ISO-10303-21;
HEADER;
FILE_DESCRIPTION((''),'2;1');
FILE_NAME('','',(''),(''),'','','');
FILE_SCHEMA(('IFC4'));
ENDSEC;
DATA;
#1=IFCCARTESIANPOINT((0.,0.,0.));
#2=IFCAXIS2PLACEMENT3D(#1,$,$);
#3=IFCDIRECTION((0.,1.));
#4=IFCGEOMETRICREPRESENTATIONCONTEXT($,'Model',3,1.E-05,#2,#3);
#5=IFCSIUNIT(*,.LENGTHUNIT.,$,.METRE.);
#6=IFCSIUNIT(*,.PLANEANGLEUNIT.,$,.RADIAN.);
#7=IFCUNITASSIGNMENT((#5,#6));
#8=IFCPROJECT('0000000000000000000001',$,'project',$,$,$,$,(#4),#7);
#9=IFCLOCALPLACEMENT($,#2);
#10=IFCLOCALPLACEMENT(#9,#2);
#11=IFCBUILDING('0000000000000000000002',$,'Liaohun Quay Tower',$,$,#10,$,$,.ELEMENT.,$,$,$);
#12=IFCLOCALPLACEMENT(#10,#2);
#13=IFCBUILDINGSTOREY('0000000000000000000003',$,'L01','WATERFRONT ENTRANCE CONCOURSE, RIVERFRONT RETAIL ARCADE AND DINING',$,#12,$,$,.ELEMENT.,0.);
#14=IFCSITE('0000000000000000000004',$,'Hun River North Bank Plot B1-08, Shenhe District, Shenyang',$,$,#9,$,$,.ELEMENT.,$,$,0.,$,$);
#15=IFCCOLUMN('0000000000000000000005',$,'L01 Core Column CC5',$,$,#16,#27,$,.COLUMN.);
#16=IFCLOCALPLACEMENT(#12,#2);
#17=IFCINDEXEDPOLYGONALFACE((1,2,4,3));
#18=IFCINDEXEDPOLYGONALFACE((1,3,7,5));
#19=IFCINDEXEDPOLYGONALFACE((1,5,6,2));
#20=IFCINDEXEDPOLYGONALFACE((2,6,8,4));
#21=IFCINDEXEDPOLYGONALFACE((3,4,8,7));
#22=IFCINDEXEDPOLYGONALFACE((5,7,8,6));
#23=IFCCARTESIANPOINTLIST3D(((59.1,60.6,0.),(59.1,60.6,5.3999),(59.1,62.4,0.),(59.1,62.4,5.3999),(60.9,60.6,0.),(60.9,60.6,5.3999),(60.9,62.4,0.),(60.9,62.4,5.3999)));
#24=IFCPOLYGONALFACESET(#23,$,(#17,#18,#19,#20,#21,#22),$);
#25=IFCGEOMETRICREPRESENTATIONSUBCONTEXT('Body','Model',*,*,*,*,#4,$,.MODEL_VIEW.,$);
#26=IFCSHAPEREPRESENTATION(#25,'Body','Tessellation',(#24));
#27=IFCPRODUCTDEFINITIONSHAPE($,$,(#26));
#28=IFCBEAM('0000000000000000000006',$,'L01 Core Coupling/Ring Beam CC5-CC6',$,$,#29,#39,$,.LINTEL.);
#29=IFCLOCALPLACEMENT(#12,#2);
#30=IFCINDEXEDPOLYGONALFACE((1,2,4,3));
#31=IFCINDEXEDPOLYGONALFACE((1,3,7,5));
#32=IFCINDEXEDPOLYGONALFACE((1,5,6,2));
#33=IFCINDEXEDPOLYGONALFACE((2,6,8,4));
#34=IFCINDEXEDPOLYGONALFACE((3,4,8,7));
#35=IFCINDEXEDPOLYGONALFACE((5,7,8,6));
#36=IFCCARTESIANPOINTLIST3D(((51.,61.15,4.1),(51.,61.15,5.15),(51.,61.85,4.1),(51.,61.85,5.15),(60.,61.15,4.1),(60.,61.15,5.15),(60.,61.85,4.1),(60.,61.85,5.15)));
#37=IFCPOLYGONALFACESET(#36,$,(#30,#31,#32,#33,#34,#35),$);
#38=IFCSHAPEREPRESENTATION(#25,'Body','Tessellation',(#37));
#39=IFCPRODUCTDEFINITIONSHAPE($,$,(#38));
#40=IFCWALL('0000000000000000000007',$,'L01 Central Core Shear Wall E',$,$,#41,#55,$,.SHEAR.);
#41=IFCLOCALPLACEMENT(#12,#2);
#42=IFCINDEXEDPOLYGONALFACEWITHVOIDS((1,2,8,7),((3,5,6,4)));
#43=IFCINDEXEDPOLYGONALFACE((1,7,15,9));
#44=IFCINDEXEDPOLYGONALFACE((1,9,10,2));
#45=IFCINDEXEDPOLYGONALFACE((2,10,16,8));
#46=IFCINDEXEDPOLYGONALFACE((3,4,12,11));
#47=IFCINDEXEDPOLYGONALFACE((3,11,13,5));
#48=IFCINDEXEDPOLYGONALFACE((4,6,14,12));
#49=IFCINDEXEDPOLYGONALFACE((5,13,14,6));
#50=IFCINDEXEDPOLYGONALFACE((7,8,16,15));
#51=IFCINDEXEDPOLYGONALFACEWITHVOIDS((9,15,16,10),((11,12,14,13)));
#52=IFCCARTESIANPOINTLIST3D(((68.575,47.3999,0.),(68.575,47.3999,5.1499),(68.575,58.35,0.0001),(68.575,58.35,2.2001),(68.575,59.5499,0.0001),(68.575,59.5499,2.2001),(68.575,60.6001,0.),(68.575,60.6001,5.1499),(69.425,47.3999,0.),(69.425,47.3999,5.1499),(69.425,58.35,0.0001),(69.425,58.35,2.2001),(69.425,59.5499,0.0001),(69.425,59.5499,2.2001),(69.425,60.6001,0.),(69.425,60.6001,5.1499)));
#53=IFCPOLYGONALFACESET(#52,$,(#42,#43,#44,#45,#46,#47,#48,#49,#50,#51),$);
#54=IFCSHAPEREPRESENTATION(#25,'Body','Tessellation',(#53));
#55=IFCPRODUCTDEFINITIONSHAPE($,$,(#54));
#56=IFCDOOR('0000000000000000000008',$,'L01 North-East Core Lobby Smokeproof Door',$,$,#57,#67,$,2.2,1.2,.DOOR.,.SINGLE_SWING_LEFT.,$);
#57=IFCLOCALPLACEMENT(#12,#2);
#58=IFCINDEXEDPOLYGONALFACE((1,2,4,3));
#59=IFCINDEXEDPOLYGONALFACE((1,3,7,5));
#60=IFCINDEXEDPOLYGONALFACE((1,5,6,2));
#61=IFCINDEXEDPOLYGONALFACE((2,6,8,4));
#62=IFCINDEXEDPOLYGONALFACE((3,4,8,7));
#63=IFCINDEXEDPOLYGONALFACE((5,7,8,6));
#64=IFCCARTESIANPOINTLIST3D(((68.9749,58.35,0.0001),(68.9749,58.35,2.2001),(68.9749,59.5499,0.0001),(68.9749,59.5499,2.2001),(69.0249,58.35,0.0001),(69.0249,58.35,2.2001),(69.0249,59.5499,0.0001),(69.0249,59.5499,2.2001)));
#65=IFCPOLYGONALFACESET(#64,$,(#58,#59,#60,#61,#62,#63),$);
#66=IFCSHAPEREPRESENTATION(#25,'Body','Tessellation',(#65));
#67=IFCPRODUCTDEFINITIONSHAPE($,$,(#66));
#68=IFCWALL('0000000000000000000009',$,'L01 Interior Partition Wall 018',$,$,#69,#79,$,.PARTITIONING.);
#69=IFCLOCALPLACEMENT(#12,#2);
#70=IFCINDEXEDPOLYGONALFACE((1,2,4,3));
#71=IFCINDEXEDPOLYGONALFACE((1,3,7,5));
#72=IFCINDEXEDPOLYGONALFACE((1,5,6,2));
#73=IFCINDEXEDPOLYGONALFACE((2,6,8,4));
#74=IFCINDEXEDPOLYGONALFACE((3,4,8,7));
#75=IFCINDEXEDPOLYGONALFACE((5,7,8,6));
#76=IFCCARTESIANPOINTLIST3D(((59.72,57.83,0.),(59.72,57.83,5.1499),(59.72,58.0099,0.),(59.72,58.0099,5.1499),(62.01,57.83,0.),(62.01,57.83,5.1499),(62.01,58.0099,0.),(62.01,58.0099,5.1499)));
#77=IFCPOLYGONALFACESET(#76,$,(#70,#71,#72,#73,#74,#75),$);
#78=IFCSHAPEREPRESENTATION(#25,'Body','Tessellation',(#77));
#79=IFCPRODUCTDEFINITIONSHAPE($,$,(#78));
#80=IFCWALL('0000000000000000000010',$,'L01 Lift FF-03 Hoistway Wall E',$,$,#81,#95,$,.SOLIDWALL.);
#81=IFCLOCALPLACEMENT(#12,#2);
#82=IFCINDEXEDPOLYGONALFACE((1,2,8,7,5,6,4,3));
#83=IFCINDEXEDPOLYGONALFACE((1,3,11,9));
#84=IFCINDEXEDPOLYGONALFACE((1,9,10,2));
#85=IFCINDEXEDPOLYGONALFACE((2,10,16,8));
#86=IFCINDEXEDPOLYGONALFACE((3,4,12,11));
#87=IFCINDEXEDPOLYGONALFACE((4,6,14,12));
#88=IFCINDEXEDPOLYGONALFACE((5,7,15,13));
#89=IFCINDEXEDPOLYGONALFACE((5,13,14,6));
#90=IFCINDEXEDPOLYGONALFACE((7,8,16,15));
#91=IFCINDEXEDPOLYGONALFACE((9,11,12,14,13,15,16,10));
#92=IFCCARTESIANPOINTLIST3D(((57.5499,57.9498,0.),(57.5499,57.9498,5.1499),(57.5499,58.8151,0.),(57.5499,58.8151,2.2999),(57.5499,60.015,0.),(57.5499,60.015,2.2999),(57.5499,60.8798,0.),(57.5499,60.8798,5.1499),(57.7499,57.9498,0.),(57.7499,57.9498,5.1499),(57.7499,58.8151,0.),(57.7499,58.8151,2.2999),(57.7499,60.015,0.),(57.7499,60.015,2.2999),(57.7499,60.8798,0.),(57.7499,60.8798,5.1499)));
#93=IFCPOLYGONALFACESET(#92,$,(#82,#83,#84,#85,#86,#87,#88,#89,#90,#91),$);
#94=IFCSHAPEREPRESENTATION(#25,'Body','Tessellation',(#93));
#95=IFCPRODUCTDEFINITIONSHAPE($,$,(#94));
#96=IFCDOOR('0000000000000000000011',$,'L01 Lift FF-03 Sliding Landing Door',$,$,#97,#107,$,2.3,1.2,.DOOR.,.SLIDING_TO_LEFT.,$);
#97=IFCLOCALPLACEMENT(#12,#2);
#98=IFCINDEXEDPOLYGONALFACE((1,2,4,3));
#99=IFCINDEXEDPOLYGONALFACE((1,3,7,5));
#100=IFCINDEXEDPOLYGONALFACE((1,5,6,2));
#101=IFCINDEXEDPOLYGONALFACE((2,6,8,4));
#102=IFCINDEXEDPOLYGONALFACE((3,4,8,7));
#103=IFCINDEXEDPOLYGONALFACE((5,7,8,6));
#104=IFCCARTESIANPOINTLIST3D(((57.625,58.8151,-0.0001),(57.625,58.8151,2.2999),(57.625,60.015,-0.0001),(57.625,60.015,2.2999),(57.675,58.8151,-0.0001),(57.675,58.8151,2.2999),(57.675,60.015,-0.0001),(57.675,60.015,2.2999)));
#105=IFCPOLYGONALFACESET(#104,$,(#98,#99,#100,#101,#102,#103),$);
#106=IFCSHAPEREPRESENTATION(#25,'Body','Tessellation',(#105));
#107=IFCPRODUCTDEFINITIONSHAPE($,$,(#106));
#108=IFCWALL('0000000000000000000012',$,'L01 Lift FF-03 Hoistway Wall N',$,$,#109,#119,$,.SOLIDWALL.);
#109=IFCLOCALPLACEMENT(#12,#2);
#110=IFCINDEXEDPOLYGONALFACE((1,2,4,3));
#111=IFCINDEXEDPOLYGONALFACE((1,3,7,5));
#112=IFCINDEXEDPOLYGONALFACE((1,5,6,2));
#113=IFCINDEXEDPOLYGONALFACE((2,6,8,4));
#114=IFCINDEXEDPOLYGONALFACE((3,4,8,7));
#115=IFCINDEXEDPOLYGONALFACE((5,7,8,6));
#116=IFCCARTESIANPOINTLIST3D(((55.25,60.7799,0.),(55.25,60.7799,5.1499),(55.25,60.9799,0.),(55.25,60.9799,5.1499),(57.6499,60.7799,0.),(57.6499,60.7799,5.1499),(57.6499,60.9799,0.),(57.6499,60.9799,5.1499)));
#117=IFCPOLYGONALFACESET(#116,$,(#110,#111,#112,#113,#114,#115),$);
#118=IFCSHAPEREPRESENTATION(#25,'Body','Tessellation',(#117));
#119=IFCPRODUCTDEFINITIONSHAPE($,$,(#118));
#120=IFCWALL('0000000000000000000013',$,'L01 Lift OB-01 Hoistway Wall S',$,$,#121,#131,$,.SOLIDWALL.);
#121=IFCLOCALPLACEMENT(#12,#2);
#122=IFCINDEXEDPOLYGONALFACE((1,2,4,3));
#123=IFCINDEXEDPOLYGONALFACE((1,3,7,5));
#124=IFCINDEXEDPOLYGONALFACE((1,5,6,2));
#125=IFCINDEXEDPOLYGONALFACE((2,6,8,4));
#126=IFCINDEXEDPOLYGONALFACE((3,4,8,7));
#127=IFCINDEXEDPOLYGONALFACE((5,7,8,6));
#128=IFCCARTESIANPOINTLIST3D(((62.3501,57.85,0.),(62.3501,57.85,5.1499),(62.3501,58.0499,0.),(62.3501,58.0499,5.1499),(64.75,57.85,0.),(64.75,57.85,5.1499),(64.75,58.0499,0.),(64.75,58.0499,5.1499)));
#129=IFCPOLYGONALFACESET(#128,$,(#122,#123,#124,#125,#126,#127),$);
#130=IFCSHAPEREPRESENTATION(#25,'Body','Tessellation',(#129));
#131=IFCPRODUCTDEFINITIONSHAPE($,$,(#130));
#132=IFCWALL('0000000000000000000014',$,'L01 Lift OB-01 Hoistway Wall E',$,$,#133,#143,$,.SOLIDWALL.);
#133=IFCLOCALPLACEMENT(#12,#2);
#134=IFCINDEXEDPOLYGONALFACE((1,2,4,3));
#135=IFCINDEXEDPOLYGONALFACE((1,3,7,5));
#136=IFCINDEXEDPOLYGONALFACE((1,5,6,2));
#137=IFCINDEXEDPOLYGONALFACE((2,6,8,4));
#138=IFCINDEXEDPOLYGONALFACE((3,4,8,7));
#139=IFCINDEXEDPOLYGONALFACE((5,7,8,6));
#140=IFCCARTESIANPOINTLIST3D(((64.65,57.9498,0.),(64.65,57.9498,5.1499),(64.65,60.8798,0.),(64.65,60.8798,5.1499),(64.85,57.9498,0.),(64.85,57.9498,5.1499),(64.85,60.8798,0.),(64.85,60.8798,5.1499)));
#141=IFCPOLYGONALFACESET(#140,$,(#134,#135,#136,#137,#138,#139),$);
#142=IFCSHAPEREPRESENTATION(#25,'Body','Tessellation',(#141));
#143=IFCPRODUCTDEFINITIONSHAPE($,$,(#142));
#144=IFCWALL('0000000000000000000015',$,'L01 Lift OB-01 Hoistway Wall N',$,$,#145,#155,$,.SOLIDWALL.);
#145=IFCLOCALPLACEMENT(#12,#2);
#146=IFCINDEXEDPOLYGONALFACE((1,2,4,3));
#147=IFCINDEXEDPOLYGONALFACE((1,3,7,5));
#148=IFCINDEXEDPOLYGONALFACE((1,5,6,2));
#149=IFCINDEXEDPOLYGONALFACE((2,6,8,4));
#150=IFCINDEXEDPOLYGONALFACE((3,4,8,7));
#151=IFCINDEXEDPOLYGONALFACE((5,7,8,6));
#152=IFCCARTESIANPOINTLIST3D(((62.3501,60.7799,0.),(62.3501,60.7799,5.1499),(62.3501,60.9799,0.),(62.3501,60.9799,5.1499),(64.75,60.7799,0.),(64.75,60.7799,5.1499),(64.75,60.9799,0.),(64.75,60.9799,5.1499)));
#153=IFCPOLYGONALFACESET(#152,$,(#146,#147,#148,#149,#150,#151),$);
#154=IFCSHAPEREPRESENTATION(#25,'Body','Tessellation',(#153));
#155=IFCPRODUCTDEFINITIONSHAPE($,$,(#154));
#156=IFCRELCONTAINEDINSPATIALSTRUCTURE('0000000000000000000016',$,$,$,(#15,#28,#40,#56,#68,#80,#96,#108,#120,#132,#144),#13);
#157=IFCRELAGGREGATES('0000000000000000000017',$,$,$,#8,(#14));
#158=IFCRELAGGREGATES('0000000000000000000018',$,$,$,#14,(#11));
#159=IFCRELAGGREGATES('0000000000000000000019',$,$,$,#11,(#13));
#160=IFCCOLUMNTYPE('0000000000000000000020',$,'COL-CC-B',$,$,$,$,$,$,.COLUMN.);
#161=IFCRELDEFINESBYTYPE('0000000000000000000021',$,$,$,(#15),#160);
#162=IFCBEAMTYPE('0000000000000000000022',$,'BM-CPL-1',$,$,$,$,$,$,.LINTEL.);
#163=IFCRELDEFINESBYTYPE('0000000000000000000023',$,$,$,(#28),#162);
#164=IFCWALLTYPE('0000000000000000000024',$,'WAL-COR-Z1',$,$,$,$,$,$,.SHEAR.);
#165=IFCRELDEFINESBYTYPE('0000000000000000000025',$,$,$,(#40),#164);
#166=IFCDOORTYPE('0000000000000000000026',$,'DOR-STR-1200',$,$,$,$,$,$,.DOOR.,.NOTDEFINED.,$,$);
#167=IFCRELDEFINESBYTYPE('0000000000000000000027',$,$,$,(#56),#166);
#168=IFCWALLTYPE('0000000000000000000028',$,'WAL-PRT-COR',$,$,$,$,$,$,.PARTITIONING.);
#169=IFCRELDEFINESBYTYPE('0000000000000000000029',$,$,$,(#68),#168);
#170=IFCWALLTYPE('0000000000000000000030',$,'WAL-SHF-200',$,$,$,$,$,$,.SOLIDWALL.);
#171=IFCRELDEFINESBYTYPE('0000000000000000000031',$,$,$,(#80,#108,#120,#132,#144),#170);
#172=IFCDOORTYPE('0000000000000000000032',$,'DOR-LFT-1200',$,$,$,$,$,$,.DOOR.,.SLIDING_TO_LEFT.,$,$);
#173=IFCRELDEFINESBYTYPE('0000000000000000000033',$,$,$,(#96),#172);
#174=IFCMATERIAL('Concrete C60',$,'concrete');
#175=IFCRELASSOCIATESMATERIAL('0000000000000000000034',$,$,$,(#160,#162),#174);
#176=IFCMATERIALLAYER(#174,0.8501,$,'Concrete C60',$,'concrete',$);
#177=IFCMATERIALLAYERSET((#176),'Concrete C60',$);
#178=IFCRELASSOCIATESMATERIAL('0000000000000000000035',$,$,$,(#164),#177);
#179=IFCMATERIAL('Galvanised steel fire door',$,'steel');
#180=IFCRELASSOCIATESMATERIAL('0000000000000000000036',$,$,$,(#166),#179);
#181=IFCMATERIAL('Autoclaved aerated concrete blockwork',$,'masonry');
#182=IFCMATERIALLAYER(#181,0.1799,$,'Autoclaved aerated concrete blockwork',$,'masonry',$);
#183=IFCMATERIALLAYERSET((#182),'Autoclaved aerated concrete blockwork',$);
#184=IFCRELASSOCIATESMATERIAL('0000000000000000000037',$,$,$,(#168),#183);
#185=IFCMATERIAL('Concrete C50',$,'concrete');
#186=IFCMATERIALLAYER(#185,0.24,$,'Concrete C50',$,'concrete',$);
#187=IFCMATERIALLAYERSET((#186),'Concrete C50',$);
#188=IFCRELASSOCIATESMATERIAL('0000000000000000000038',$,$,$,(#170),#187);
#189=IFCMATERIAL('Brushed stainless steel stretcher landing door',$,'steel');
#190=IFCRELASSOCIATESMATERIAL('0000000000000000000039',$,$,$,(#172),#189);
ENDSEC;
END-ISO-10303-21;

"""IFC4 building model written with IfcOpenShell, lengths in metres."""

from ifc_helpers import new_model, si_unit, direction, frame, frame_2d, origin, origin_2d, place, context, subcontext, project, spatial, rectangle, extrude, source, transform, mapped, material, layer, layer_set, material_profile, profile_set, type_object, element, fill, save


model = new_model("IFC4")

# Units and contexts
model_context = context("Model", 3, precision=1e-05, world=origin(), true_north=direction((0.0, 1.0)))
body_context = subcontext(model_context, "Body", "Model", "MODEL_VIEW")
ifc_project = project(units=[si_unit("LENGTHUNIT", "METRE"), si_unit("PLANEANGLEUNIT", "RADIAN")], contexts=[model_context])

# Site, building, storey
site_placement = place(None, origin())
site = spatial("IfcSite", under=ifc_project, at=site_placement, Name="Hun River North Bank Plot B1-08, Shenhe District, Shenyang", CompositionType="ELEMENT", RefElevation=0.0)
building_placement = place(site_placement, origin())
building = spatial("IfcBuilding", under=site, at=building_placement, Name="Liaohun Quay Tower", CompositionType="ELEMENT")
storey_placement = place(building_placement, origin())
storey = spatial("IfcBuildingStorey", under=building, at=storey_placement, Name="L01", Description="WATERFRONT ENTRANCE CONCOURSE, RIVERFRONT RETAIL ARCADE AND DINING", CompositionType="ELEMENT", Elevation=0.0)

# Column
ifc_material_1 = material(Name="Concrete C60", Category="concrete")
ifc_material_profile_1 = material_profile(ifc_material_1, rectangle(XDim=1.8, YDim=1.8, at=origin_2d()), Name="RC1800x1800")
ifc_profile_set_1 = profile_set([ifc_material_profile_1], Name="Concrete C60")
column_type = type_object("IfcColumnType", Name="COL-CC-B", PredefinedType="COLUMN", material=ifc_profile_set_1)
shared_shape_1 = source(origin(), body_context, "Body", "SweptSolid", [
    extrude(rectangle(XDim=1.8, YDim=1.8, at=origin_2d()), origin(), (0.0, 0.0, 1.0), 5.3999),
])
column_placement = place(storey_placement, frame((60.0, 61.5, 0.0), z_axis=(0.0, 0.0, 1.0), x_axis=(1.0, 0.0, 0.0)))
element("IfcColumn", 1, at=column_placement, inside=storey, type_object=column_type, Name="L01 Core Column CC5", PredefinedType="COLUMN", context=body_context, shape_type="MappedRepresentation", body=[
    mapped(shared_shape_1, transform((0.0, 0.0, 0.0), x_axis=(1.0, 0.0, 0.0), y_axis=(0.0, 1.0, 0.0), z_axis=(0.0, 0.0, 1.0), scale=1.0)),
])

# Beam
ifc_material_profile_2 = material_profile(ifc_material_1, rectangle(XDim=0.7, YDim=1.05, at=origin_2d()), Name="RC700x1050")
ifc_profile_set_2 = profile_set([ifc_material_profile_2], Name="Concrete C60")
beam_type = type_object("IfcBeamType", Name="BM-CPL-1", PredefinedType="LINTEL", material=ifc_profile_set_2)
shared_shape_2 = source(origin(), body_context, "Body", "SweptSolid", [
    extrude(rectangle(XDim=0.7, YDim=1.05, at=origin_2d()), origin(), (0.0, 0.0, 1.0), 9.0),
])
beam_placement = place(storey_placement, frame((60.0, 61.5, 4.625), z_axis=(-1.0, 0.0, 0.0), x_axis=(0.0, -1.0, 0.0)))
element("IfcBeam", 2, at=beam_placement, inside=storey, type_object=beam_type, Name="L01 Core Coupling/Ring Beam CC5-CC6", PredefinedType="LINTEL", context=body_context, shape_type="MappedRepresentation", body=[
    mapped(shared_shape_2, transform((0.0, 0.0, 0.0), x_axis=(1.0, 0.0, 0.0), y_axis=(0.0, 1.0, 0.0), z_axis=(0.0, 0.0, 1.0), scale=1.0)),
])

# Wall, opening, door
ifc_layer_1 = layer(ifc_material_1, 0.8501, Name="Concrete C60", Category="concrete")
ifc_layer_set_1 = layer_set([ifc_layer_1], Name="Concrete C60")
wall_type_1 = type_object("IfcWallType", Name="WAL-COR-Z1", PredefinedType="SHEAR", material=ifc_layer_set_1)
wall_1_placement = place(storey_placement, frame((69.0, 60.6001, 0.0), z_axis=(0.0, 0.0, 1.0), x_axis=(0.0, -1.0, 0.0)))
wall_1 = element("IfcWall", 3, at=wall_1_placement, inside=storey, type_object=wall_type_1, Name="L01 Central Core Shear Wall E", PredefinedType="SHEAR", context=body_context, shape_type="SweptSolid", body=[
    extrude(rectangle(XDim=13.2002, YDim=0.8501, at=frame_2d((6.6001, 0.0))), origin(), (0.0, 0.0, 1.0), 5.1499),
])
shared_shape_3 = source(origin(), body_context, "Body", "SweptSolid", [
    extrude(rectangle(XDim=1.2, YDim=2.2, at=frame_2d((0.6001, 1.1001))), frame((0.0, 0.4351, 0.0), z_axis=(0.0, -1.0, 0.0), x_axis=(1.0, 0.0, 0.0)), (0.0, 0.0, 1.0), 0.8701),
])
opening_1_placement = place(wall_1_placement, frame((1.05, 0.0, 0.0)))
opening_1 = element("IfcOpeningElement", 4, at=opening_1_placement, cuts=wall_1, PredefinedType="OPENING", context=body_context, shape_type="MappedRepresentation", body=[
    mapped(shared_shape_3, transform((0.0, 0.0, 0.0), x_axis=(1.0, 0.0, 0.0), y_axis=(0.0, 1.0, 0.0), z_axis=(0.0, 0.0, 1.0), scale=1.0)),
])
ifc_material_2 = material(Name="Galvanised steel fire door", Category="steel")
door_type_1 = type_object("IfcDoorType", Name="DOR-STR-1200", OperationType="NOTDEFINED", PredefinedType="DOOR", material=ifc_material_2)
shared_shape_4 = source(origin(), body_context, "Body", "SweptSolid", [
    extrude(rectangle(XDim=1.2, YDim=2.2, at=frame_2d((0.6001, 1.1001))), frame((0.0, 0.0249, 0.0), z_axis=(0.0, -1.0, 0.0), x_axis=(1.0, 0.0, 0.0)), (0.0, 0.0, 1.0), 0.05),
])
door_1_placement = place(opening_1_placement, origin())
door_1 = element("IfcDoor", 5, at=door_1_placement, inside=storey, type_object=door_type_1, Name="L01 North-East Core Lobby Smokeproof Door", OperationType="SINGLE_SWING_LEFT", OverallHeight=2.2, OverallWidth=1.2, PredefinedType="DOOR", context=body_context, shape_type="MappedRepresentation", body=[
    mapped(shared_shape_4, transform((0.0, 0.0, 0.0), x_axis=(1.0, 0.0, 0.0), y_axis=(0.0, 1.0, 0.0), z_axis=(0.0, 0.0, 1.0), scale=1.0)),
])
fill(opening_1, door_1)

# Wall
ifc_material_3 = material(Name="Autoclaved aerated concrete blockwork", Category="masonry")
ifc_layer_2 = layer(ifc_material_3, 0.1799, Name="Autoclaved aerated concrete blockwork", Category="masonry")
ifc_layer_set_2 = layer_set([ifc_layer_2], Name="Autoclaved aerated concrete blockwork")
wall_type_2 = type_object("IfcWallType", Name="WAL-PRT-COR", PredefinedType="PARTITIONING", material=ifc_layer_set_2)
wall_2_placement = place(storey_placement, frame((59.72, 57.9199, 0.0), z_axis=(0.0, 0.0, 1.0), x_axis=(1.0, 0.0, 0.0)))
element("IfcWall", 6, at=wall_2_placement, inside=storey, type_object=wall_type_2, Name="L01 Interior Partition Wall 018", PredefinedType="PARTITIONING", context=body_context, shape_type="SweptSolid", body=[
    extrude(rectangle(XDim=2.29, YDim=0.1799, at=frame_2d((1.145, 0.0))), origin(), (0.0, 0.0, 1.0), 5.1499),
])

# Wall, opening, door
ifc_material_4 = material(Name="Concrete C50", Category="concrete")
ifc_layer_3 = layer(ifc_material_4, 0.24, Name="Concrete C50", Category="concrete")
ifc_layer_set_3 = layer_set([ifc_layer_3], Name="Concrete C50")
wall_type_3 = type_object("IfcWallType", Name="WAL-SHF-200", PredefinedType="SOLIDWALL", material=ifc_layer_set_3)
wall_3_placement = place(storey_placement, frame((57.6499, 57.95, 0.0), z_axis=(0.0, 0.0, 1.0), x_axis=(0.0, 1.0, 0.0)))
wall_3 = element("IfcWall", 7, at=wall_3_placement, inside=storey, type_object=wall_type_3, Name="L01 Lift FF-03 Hoistway Wall E", PredefinedType="SOLIDWALL", context=body_context, shape_type="SweptSolid", body=[
    extrude(rectangle(XDim=2.9299, YDim=0.2, at=frame_2d((1.4648, 0.0))), origin(), (0.0, 0.0, 1.0), 5.1499),
])
shared_shape_5 = source(origin(), body_context, "Body", "SweptSolid", [
    extrude(rectangle(XDim=1.2, YDim=2.3, at=frame_2d((0.6001, 1.1499))), frame((0.0, 0.1099, 0.0), z_axis=(0.0, -1.0, 0.0), x_axis=(1.0, 0.0, 0.0)), (0.0, 0.0, 1.0), 0.22),
])
opening_2_placement = place(wall_3_placement, frame((0.865, 0.0, 0.0)))
opening_2 = element("IfcOpeningElement", 8, at=opening_2_placement, cuts=wall_3, PredefinedType="OPENING", context=body_context, shape_type="MappedRepresentation", body=[
    mapped(shared_shape_5, transform((0.0, 0.0, 0.0), x_axis=(1.0, 0.0, 0.0), y_axis=(0.0, 1.0, 0.0), z_axis=(0.0, 0.0, 1.0), scale=1.0)),
])
ifc_material_5 = material(Name="Brushed stainless steel stretcher landing door", Category="steel")
door_type_2 = type_object("IfcDoorType", Name="DOR-LFT-1200", OperationType="SLIDING_TO_LEFT", PredefinedType="DOOR", material=ifc_material_5)
shared_shape_6 = source(origin(), body_context, "Body", "SweptSolid", [
    extrude(rectangle(XDim=1.2, YDim=2.3, at=frame_2d((0.6001, 1.1499))), frame((0.0, 0.0249, 0.0), z_axis=(0.0, -1.0, 0.0), x_axis=(1.0, 0.0, 0.0)), (0.0, 0.0, 1.0), 0.05),
])
door_2_placement = place(opening_2_placement, origin())
door_2 = element("IfcDoor", 9, at=door_2_placement, inside=storey, type_object=door_type_2, Name="L01 Lift FF-03 Sliding Landing Door", OperationType="SLIDING_TO_LEFT", OverallHeight=2.3, OverallWidth=1.2, PredefinedType="DOOR", context=body_context, shape_type="MappedRepresentation", body=[
    mapped(shared_shape_6, transform((0.0, 0.0, 0.0), x_axis=(1.0, 0.0, 0.0), y_axis=(0.0, 1.0, 0.0), z_axis=(0.0, 0.0, 1.0), scale=1.0)),
])
fill(opening_2, door_2)

# Walls
for number, where, z_axis, x_axis, name in (
    (10, (57.6499, 60.8799, 0.0), (0.0, 0.0, 1.0), (-1.0, 0.0, 0.0), "L01 Lift FF-03 Hoistway Wall N"),
    (11, (62.3501, 57.95, 0.0), (0.0, 0.0, 1.0), (1.0, 0.0, 0.0), "L01 Lift OB-01 Hoistway Wall S"),
):
    element("IfcWall", number, at=place(storey_placement, frame(where, z_axis=z_axis, x_axis=x_axis)), inside=storey, type_object=wall_type_3, Name=name, PredefinedType="SOLIDWALL", context=body_context, shape_type="SweptSolid", body=[
        extrude(rectangle(XDim=2.3999, YDim=0.2, at=frame_2d((1.2, 0.0))), origin(), (0.0, 0.0, 1.0), 5.1499),
    ])
wall_4_placement = place(storey_placement, frame((64.75, 57.95, 0.0), z_axis=(0.0, 0.0, 1.0), x_axis=(0.0, 1.0, 0.0)))
element("IfcWall", 12, at=wall_4_placement, inside=storey, type_object=wall_type_3, Name="L01 Lift OB-01 Hoistway Wall E", PredefinedType="SOLIDWALL", context=body_context, shape_type="SweptSolid", body=[
    extrude(rectangle(XDim=2.9299, YDim=0.2, at=frame_2d((1.4648, 0.0))), origin(), (0.0, 0.0, 1.0), 5.1499),
])
wall_5_placement = place(storey_placement, frame((64.75, 60.8799, 0.0), z_axis=(0.0, 0.0, 1.0), x_axis=(-1.0, 0.0, 0.0)))
element("IfcWall", 13, at=wall_5_placement, inside=storey, type_object=wall_type_3, Name="L01 Lift OB-01 Hoistway Wall N", PredefinedType="SOLIDWALL", context=body_context, shape_type="SweptSolid", body=[
    extrude(rectangle(XDim=2.3999, YDim=0.2, at=frame_2d((1.2, 0.0))), origin(), (0.0, 0.0, 1.0), 5.1499),
])

save(model, "model.ifc")
